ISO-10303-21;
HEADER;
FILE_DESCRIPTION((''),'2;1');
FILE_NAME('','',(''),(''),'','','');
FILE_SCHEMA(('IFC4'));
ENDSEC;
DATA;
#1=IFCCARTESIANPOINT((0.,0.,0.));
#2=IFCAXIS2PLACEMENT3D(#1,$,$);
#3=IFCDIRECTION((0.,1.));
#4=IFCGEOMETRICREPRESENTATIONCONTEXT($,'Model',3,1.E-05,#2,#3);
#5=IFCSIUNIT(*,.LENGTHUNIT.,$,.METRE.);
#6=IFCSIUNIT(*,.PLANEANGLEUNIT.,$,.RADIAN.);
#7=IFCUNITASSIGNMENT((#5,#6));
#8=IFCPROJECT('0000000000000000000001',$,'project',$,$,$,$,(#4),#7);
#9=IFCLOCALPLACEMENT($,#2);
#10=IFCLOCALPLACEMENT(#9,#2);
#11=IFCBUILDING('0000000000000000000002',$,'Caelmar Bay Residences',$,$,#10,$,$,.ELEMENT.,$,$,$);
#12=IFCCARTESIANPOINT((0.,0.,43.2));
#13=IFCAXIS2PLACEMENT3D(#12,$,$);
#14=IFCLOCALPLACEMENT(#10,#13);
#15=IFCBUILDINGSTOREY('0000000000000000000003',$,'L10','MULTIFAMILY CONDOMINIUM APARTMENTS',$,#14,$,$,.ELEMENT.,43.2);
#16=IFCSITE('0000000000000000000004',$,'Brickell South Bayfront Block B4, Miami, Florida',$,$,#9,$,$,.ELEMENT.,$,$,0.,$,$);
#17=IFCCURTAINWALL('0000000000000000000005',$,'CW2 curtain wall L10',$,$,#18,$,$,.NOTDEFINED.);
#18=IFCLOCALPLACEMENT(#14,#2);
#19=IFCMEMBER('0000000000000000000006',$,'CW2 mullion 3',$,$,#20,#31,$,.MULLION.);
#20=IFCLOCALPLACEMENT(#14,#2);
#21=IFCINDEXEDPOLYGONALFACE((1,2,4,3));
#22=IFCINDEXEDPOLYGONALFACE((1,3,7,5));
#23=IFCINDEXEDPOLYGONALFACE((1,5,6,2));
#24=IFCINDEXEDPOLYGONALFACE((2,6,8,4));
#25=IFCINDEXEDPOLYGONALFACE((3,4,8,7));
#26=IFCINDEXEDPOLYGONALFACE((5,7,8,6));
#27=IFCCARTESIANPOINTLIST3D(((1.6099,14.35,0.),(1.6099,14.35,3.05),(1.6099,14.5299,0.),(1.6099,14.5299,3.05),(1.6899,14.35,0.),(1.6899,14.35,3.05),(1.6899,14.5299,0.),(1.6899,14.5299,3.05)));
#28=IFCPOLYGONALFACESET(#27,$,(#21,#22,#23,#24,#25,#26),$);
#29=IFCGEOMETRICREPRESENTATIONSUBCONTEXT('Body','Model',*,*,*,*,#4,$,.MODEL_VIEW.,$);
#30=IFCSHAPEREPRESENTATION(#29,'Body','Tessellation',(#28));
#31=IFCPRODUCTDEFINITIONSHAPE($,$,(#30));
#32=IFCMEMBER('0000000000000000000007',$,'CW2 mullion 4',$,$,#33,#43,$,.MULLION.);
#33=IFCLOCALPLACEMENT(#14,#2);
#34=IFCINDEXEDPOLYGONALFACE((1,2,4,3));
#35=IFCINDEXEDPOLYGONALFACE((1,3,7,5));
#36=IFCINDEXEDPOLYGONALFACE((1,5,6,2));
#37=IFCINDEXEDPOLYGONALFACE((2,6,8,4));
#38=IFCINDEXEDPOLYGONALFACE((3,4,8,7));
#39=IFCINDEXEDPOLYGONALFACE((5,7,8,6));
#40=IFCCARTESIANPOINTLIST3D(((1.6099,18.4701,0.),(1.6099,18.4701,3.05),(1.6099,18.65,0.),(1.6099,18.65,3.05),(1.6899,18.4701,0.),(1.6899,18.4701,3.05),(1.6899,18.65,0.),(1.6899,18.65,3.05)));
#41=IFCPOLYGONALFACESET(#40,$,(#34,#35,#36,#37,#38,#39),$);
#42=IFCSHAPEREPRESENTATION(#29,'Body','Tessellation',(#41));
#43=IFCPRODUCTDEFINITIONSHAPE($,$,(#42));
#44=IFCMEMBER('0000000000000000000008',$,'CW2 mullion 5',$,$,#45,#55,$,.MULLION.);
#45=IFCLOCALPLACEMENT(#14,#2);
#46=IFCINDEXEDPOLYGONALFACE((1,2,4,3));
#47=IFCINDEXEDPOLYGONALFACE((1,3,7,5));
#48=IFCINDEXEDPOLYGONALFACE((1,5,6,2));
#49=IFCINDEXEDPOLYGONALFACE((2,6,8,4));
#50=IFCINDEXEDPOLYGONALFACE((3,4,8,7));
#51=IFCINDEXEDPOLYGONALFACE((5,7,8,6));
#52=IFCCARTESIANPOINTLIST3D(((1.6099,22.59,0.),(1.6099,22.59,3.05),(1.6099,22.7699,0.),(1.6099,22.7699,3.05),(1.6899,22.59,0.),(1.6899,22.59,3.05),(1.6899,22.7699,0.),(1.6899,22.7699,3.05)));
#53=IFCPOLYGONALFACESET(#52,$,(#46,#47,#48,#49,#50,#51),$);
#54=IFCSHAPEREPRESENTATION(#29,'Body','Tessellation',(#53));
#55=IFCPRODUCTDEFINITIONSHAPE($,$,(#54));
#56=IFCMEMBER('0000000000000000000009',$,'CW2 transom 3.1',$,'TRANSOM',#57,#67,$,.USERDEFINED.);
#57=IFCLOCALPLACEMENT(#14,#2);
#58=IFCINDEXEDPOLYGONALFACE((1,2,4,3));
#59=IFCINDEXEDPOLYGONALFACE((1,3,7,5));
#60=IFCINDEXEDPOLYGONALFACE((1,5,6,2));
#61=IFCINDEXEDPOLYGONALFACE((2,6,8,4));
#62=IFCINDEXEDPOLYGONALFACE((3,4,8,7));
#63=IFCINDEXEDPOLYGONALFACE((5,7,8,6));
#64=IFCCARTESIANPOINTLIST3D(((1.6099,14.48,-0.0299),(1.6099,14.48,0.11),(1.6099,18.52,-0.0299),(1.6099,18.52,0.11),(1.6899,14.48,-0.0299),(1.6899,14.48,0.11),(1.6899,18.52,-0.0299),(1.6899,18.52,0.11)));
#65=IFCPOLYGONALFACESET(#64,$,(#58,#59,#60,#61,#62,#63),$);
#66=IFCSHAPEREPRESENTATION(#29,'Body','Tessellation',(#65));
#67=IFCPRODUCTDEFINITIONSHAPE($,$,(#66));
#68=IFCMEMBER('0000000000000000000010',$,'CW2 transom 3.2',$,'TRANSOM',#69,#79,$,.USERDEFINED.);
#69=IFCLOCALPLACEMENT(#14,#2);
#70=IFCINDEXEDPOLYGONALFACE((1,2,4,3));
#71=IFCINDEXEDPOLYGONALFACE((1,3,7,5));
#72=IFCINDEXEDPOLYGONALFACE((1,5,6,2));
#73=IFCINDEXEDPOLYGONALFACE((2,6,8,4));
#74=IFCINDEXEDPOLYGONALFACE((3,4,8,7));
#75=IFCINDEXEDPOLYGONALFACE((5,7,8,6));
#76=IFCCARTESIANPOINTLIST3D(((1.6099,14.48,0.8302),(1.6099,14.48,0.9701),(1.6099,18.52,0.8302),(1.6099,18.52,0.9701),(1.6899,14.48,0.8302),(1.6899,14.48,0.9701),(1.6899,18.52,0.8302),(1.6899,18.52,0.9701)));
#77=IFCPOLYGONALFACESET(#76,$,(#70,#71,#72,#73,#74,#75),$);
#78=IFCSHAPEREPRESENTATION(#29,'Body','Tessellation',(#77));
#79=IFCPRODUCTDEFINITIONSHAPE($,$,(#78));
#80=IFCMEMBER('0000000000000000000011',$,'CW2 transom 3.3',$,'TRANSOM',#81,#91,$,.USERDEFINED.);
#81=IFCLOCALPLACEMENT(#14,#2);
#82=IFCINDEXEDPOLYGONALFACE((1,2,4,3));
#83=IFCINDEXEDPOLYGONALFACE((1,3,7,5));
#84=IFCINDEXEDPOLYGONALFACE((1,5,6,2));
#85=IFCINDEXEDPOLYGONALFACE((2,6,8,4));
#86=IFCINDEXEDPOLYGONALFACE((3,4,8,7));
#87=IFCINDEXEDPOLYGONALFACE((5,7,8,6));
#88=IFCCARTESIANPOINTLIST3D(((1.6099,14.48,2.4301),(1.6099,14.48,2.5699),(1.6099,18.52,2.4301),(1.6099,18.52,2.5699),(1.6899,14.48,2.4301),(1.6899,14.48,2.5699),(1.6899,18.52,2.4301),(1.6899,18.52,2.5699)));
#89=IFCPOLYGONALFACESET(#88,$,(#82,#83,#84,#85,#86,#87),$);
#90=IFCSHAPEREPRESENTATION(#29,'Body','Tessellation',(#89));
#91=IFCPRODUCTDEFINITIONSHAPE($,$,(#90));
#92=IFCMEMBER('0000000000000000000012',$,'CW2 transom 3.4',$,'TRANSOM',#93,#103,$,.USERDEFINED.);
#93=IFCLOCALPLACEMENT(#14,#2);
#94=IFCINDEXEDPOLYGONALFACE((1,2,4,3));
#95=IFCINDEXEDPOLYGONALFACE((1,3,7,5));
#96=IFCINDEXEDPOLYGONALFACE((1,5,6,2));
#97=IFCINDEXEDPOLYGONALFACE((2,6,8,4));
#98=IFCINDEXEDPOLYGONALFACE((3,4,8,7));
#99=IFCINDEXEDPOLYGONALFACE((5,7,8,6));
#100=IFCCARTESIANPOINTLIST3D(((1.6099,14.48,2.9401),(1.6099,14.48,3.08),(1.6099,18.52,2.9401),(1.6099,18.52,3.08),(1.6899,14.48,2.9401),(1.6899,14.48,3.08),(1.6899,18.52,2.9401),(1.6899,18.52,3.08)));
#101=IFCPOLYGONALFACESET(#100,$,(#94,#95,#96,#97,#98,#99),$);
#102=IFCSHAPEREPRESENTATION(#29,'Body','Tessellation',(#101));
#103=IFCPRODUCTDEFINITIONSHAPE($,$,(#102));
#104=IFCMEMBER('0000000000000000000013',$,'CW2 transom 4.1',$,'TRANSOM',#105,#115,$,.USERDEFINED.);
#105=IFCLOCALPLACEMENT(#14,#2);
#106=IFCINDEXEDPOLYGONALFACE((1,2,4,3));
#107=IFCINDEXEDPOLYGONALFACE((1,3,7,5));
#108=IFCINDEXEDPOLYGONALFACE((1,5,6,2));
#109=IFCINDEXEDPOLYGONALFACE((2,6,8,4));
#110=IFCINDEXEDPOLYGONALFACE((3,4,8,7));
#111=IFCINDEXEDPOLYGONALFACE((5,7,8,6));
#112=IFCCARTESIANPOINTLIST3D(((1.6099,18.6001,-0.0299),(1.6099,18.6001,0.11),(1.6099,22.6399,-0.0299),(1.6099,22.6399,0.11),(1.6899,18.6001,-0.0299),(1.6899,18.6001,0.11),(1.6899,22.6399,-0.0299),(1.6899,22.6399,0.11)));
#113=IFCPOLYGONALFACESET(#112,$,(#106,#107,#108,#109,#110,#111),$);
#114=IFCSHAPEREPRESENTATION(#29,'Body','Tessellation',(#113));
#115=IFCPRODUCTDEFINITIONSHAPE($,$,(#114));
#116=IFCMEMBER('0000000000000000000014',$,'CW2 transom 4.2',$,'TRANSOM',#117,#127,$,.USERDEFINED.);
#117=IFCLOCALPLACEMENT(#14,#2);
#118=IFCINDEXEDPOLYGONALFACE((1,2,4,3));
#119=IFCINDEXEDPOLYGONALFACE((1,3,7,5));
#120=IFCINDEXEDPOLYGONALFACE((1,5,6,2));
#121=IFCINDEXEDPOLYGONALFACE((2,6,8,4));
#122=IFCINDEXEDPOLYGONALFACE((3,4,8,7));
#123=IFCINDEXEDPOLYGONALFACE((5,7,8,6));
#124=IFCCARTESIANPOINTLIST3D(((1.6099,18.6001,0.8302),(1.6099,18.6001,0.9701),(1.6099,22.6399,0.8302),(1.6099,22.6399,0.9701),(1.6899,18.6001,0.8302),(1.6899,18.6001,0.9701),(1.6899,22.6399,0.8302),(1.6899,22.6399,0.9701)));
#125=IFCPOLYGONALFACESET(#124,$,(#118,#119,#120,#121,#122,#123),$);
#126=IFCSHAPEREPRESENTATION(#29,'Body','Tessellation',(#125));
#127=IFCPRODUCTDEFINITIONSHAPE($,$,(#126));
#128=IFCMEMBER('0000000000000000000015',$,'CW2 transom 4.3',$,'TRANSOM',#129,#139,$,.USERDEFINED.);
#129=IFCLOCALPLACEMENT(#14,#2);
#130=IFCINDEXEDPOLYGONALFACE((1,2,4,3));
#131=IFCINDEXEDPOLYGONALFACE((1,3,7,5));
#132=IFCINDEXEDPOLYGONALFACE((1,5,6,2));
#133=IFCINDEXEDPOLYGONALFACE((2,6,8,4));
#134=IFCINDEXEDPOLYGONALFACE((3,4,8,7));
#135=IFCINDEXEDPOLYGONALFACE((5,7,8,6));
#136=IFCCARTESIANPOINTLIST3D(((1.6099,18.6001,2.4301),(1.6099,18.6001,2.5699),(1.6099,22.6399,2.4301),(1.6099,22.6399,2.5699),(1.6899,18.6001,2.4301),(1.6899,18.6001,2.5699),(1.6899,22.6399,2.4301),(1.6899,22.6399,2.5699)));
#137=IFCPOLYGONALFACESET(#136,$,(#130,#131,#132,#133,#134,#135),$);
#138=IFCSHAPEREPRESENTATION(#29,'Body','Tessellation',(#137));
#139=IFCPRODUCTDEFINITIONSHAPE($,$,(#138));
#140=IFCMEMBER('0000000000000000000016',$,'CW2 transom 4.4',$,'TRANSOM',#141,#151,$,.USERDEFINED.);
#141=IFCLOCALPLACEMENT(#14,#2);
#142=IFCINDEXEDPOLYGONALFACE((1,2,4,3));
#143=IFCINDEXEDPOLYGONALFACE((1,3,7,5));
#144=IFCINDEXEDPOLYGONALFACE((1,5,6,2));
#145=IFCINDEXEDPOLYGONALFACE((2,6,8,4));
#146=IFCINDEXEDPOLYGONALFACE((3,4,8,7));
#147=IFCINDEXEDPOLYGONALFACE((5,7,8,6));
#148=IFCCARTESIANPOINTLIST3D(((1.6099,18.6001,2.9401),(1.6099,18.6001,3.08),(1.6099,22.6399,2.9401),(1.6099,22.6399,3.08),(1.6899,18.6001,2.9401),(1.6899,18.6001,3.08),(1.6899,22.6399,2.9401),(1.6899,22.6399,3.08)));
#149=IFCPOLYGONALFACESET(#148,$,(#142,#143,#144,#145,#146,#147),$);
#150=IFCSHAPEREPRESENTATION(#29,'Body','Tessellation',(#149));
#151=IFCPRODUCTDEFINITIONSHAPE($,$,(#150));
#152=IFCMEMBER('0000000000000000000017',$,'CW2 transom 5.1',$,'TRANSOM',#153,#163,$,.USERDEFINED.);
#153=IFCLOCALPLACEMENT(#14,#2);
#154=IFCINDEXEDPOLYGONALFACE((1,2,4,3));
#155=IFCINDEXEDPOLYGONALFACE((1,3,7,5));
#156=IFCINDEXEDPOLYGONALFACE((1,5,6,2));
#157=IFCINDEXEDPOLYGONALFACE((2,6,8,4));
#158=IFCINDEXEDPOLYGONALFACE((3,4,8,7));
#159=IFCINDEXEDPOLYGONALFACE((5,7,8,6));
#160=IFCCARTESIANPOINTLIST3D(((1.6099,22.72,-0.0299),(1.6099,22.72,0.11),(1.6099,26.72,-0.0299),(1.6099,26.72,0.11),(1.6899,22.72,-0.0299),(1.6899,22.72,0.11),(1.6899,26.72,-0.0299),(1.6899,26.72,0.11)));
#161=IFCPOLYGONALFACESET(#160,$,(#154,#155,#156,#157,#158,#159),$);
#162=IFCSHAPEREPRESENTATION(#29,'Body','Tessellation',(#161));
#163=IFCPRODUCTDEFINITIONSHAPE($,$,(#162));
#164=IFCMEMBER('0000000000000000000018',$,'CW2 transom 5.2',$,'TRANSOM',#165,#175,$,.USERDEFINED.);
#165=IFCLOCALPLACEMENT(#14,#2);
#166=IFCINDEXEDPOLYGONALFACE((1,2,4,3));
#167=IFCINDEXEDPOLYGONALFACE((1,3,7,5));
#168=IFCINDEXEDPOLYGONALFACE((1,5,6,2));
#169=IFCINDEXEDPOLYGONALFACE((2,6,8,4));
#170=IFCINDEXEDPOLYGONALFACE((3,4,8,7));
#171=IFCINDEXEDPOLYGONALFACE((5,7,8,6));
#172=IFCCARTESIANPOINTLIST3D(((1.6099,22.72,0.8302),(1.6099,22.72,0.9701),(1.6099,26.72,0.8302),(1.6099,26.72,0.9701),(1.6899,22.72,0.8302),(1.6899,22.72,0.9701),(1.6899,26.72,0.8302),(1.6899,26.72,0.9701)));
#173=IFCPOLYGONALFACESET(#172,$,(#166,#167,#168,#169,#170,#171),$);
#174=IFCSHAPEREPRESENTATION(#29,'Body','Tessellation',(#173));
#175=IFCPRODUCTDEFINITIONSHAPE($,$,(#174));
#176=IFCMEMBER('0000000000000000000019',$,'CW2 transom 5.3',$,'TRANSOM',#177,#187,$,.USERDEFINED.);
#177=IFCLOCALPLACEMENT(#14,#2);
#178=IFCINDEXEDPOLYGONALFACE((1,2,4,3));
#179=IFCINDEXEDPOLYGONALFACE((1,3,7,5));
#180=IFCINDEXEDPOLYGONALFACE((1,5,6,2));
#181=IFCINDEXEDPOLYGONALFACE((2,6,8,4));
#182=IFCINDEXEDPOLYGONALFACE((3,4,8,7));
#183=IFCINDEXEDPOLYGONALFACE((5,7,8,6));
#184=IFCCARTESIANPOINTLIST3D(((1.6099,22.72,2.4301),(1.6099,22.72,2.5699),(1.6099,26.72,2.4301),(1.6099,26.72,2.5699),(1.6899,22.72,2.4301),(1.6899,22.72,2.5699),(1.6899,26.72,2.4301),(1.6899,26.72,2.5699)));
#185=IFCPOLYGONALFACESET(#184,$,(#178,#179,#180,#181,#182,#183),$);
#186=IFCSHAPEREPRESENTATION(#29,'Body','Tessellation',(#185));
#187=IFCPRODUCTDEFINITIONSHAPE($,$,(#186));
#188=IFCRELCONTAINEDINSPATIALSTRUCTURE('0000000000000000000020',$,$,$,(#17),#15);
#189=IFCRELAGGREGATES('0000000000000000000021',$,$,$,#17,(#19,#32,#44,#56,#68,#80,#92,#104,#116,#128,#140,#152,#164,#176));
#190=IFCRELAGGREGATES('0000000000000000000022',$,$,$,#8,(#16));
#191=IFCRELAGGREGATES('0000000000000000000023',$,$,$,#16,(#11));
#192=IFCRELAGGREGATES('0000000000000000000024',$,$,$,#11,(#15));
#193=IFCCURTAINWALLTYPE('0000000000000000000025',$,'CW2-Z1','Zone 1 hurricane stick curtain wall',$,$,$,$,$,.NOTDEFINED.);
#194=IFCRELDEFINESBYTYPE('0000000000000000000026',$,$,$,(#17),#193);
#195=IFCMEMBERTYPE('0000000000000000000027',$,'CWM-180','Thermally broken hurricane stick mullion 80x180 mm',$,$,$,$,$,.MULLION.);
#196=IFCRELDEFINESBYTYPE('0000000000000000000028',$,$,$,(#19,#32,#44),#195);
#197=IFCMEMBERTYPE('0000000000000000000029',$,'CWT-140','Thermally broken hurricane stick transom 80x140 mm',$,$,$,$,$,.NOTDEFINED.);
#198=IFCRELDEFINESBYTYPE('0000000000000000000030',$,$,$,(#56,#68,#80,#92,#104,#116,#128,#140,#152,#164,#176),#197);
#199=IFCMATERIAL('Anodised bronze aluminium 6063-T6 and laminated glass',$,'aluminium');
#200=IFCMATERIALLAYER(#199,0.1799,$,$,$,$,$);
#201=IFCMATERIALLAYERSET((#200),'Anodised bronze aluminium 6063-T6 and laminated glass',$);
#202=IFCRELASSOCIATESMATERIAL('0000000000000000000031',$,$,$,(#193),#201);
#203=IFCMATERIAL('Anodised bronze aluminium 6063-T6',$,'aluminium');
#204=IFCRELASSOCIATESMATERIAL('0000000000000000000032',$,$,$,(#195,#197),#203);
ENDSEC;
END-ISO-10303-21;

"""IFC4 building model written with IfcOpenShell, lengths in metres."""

from ifc_helpers import new_model, si_unit, direction, frame, origin, origin_2d, place, context, subcontext, project, spatial, rectangle, extrude, material, layer, layer_set, material_profile, profile_set, type_object, element, aggregate, save


model = new_model("IFC4")

# Units and contexts
model_context = context("Model", 3, precision=1e-05, world=origin(), true_north=direction((0.0, 1.0)))
body_context = subcontext(model_context, "Body", "Model", "MODEL_VIEW")
ifc_project = project(units=[si_unit("LENGTHUNIT", "METRE"), si_unit("PLANEANGLEUNIT", "RADIAN")], contexts=[model_context])

# Site, building, storey
site_placement = place(None, origin())
site = spatial("IfcSite", under=ifc_project, at=site_placement, Name="Brickell South Bayfront Block B4, Miami, Florida", CompositionType="ELEMENT", RefElevation=0.0)
building_placement = place(site_placement, origin())
building = spatial("IfcBuilding", under=site, at=building_placement, Name="Caelmar Bay Residences", CompositionType="ELEMENT")
storey_placement = place(building_placement, frame((0.0, 0.0, 43.2)))
storey = spatial("IfcBuildingStorey", under=building, at=storey_placement, Name="L10", Description="MULTIFAMILY CONDOMINIUM APARTMENTS", CompositionType="ELEMENT", Elevation=43.2)

# Curtain wall, members
ifc_material_1 = material(Name="Anodised bronze aluminium 6063-T6 and laminated glass", Category="aluminium")
ifc_layer_1 = layer(ifc_material_1, 0.1799)
ifc_layer_set_1 = layer_set([ifc_layer_1], Name="Anodised bronze aluminium 6063-T6 and laminated glass")
curtain_wall_type = type_object("IfcCurtainWallType", Name="CW2-Z1", Description="Zone 1 hurricane stick curtain wall", PredefinedType="NOTDEFINED", material=ifc_layer_set_1)
curtain_wall_placement = place(storey_placement, origin())
curtain_wall = element("IfcCurtainWall", 1, at=curtain_wall_placement, inside=storey, type_object=curtain_wall_type, Name="CW2 curtain wall L10", PredefinedType="NOTDEFINED")
ifc_material_2 = material(Name="Anodised bronze aluminium 6063-T6", Category="aluminium")
ifc_material_profile_1 = material_profile(ifc_material_2, rectangle(XDim=0.0801, YDim=0.1799, at=origin_2d()), Name="CWM-80X180")
ifc_profile_set_1 = profile_set([ifc_material_profile_1], Name="Anodised bronze aluminium 6063-T6")
member_type_1 = type_object("IfcMemberType", Name="CWM-180", Description="Thermally broken hurricane stick mullion 80x180 mm", PredefinedType="MULLION", material=ifc_profile_set_1)
member_1_placement = place(storey_placement, frame((1.6499, 14.4399, 0.0), z_axis=(0.0, 0.0, 1.0), x_axis=(-1.0, 0.0, 0.0)))
member_1 = element("IfcMember", 2, at=member_1_placement, type_object=member_type_1, Name="CW2 mullion 3", PredefinedType="MULLION", context=body_context, shape_type="SweptSolid", body=[
    extrude(rectangle(XDim=0.0801, YDim=0.1799, at=origin_2d()), origin(), (0.0, 0.0, 1.0), 3.05),
])
member_2_placement = place(storey_placement, frame((1.6499, 18.5601, 0.0), z_axis=(0.0, 0.0, 1.0), x_axis=(-1.0, 0.0, 0.0)))
member_2 = element("IfcMember", 3, at=member_2_placement, type_object=member_type_1, Name="CW2 mullion 4", PredefinedType="MULLION", context=body_context, shape_type="SweptSolid", body=[
    extrude(rectangle(XDim=0.0801, YDim=0.1799, at=origin_2d()), origin(), (0.0, 0.0, 1.0), 3.05),
])
member_3_placement = place(storey_placement, frame((1.6499, 22.6799, 0.0), z_axis=(0.0, 0.0, 1.0), x_axis=(-1.0, 0.0, 0.0)))
member_3 = element("IfcMember", 4, at=member_3_placement, type_object=member_type_1, Name="CW2 mullion 5", PredefinedType="MULLION", context=body_context, shape_type="SweptSolid", body=[
    extrude(rectangle(XDim=0.0801, YDim=0.1799, at=origin_2d()), origin(), (0.0, 0.0, 1.0), 3.05),
])
ifc_material_profile_2 = material_profile(ifc_material_2, rectangle(XDim=0.0801, YDim=0.1399, at=origin_2d()), Name="CWT-80X140")
ifc_profile_set_2 = profile_set([ifc_material_profile_2], Name="Anodised bronze aluminium 6063-T6")
member_type_2 = type_object("IfcMemberType", Name="CWT-140", Description="Thermally broken hurricane stick transom 80x140 mm", PredefinedType="NOTDEFINED", material=ifc_profile_set_2)
member_4_placement = place(storey_placement, frame((1.6499, 14.48, 0.04), z_axis=(0.0, 1.0, 0.0), x_axis=(-1.0, 0.0, 0.0)))
member_4 = element("IfcMember", 5, at=member_4_placement, type_object=member_type_2, Name="CW2 transom 3.1", ObjectType="TRANSOM", PredefinedType="USERDEFINED", context=body_context, shape_type="SweptSolid", body=[
    extrude(rectangle(XDim=0.0801, YDim=0.1399, at=origin_2d()), origin(), (0.0, 0.0, 1.0), 4.04),
])
member_5_placement = place(storey_placement, frame((1.6499, 14.48, 0.9001), z_axis=(0.0, 1.0, 0.0), x_axis=(-1.0, 0.0, 0.0)))
member_5 = element("IfcMember", 6, at=member_5_placement, type_object=member_type_2, Name="CW2 transom 3.2", ObjectType="TRANSOM", PredefinedType="USERDEFINED", context=body_context, shape_type="SweptSolid", body=[
    extrude(rectangle(XDim=0.0801, YDim=0.1399, at=origin_2d()), origin(), (0.0, 0.0, 1.0), 4.04),
])
member_6_placement = place(storey_placement, frame((1.6499, 14.48, 2.5), z_axis=(0.0, 1.0, 0.0), x_axis=(-1.0, 0.0, 0.0)))
member_6 = element("IfcMember", 7, at=member_6_placement, type_object=member_type_2, Name="CW2 transom 3.3", ObjectType="TRANSOM", PredefinedType="USERDEFINED", context=body_context, shape_type="SweptSolid", body=[
    extrude(rectangle(XDim=0.0801, YDim=0.1399, at=origin_2d()), origin(), (0.0, 0.0, 1.0), 4.04),
])
member_7_placement = place(storey_placement, frame((1.6499, 14.48, 3.01), z_axis=(0.0, 1.0, 0.0), x_axis=(-1.0, 0.0, 0.0)))
member_7 = element("IfcMember", 8, at=member_7_placement, type_object=member_type_2, Name="CW2 transom 3.4", ObjectType="TRANSOM", PredefinedType="USERDEFINED", context=body_context, shape_type="SweptSolid", body=[
    extrude(rectangle(XDim=0.0801, YDim=0.1399, at=origin_2d()), origin(), (0.0, 0.0, 1.0), 4.04),
])
member_8_placement = place(storey_placement, frame((1.6499, 18.6001, 0.04), z_axis=(0.0, 1.0, 0.0), x_axis=(-1.0, 0.0, 0.0)))
member_8 = element("IfcMember", 9, at=member_8_placement, type_object=member_type_2, Name="CW2 transom 4.1", ObjectType="TRANSOM", PredefinedType="USERDEFINED", context=body_context, shape_type="SweptSolid", body=[
    extrude(rectangle(XDim=0.0801, YDim=0.1399, at=origin_2d()), origin(), (0.0, 0.0, 1.0), 4.0398),
])
member_9_placement = place(storey_placement, frame((1.6499, 18.6001, 0.9001), z_axis=(0.0, 1.0, 0.0), x_axis=(-1.0, 0.0, 0.0)))
member_9 = element("IfcMember", 10, at=member_9_placement, type_object=member_type_2, Name="CW2 transom 4.2", ObjectType="TRANSOM", PredefinedType="USERDEFINED", context=body_context, shape_type="SweptSolid", body=[
    extrude(rectangle(XDim=0.0801, YDim=0.1399, at=origin_2d()), origin(), (0.0, 0.0, 1.0), 4.0398),
])
member_10_placement = place(storey_placement, frame((1.6499, 18.6001, 2.5), z_axis=(0.0, 1.0, 0.0), x_axis=(-1.0, 0.0, 0.0)))
member_10 = element("IfcMember", 11, at=member_10_placement, type_object=member_type_2, Name="CW2 transom 4.3", ObjectType="TRANSOM", PredefinedType="USERDEFINED", context=body_context, shape_type="SweptSolid", body=[
    extrude(rectangle(XDim=0.0801, YDim=0.1399, at=origin_2d()), origin(), (0.0, 0.0, 1.0), 4.0398),
])
member_11_placement = place(storey_placement, frame((1.6499, 18.6001, 3.01), z_axis=(0.0, 1.0, 0.0), x_axis=(-1.0, 0.0, 0.0)))
member_11 = element("IfcMember", 12, at=member_11_placement, type_object=member_type_2, Name="CW2 transom 4.4", ObjectType="TRANSOM", PredefinedType="USERDEFINED", context=body_context, shape_type="SweptSolid", body=[
    extrude(rectangle(XDim=0.0801, YDim=0.1399, at=origin_2d()), origin(), (0.0, 0.0, 1.0), 4.0398),
])
member_12_placement = place(storey_placement, frame((1.6499, 22.72, 0.04), z_axis=(0.0, 1.0, 0.0), x_axis=(-1.0, 0.0, 0.0)))
member_12 = element("IfcMember", 13, at=member_12_placement, type_object=member_type_2, Name="CW2 transom 5.1", ObjectType="TRANSOM", PredefinedType="USERDEFINED", context=body_context, shape_type="SweptSolid", body=[
    extrude(rectangle(XDim=0.0801, YDim=0.1399, at=origin_2d()), origin(), (0.0, 0.0, 1.0), 4.0),
])
member_13_placement = place(storey_placement, frame((1.6499, 22.72, 0.9001), z_axis=(0.0, 1.0, 0.0), x_axis=(-1.0, 0.0, 0.0)))
member_13 = element("IfcMember", 14, at=member_13_placement, type_object=member_type_2, Name="CW2 transom 5.2", ObjectType="TRANSOM", PredefinedType="USERDEFINED", context=body_context, shape_type="SweptSolid", body=[
    extrude(rectangle(XDim=0.0801, YDim=0.1399, at=origin_2d()), origin(), (0.0, 0.0, 1.0), 4.0),
])
member_14_placement = place(storey_placement, frame((1.6499, 22.72, 2.5), z_axis=(0.0, 1.0, 0.0), x_axis=(-1.0, 0.0, 0.0)))
member_14 = element("IfcMember", 15, at=member_14_placement, type_object=member_type_2, Name="CW2 transom 5.3", ObjectType="TRANSOM", PredefinedType="USERDEFINED", context=body_context, shape_type="SweptSolid", body=[
    extrude(rectangle(XDim=0.0801, YDim=0.1399, at=origin_2d()), origin(), (0.0, 0.0, 1.0), 4.0),
])
aggregate(curtain_wall, [member_1, member_2, member_3, member_4, member_5, member_6, member_7, member_8, member_9, member_10, member_11, member_12, member_13, member_14])

save(model, "model.ifc")
